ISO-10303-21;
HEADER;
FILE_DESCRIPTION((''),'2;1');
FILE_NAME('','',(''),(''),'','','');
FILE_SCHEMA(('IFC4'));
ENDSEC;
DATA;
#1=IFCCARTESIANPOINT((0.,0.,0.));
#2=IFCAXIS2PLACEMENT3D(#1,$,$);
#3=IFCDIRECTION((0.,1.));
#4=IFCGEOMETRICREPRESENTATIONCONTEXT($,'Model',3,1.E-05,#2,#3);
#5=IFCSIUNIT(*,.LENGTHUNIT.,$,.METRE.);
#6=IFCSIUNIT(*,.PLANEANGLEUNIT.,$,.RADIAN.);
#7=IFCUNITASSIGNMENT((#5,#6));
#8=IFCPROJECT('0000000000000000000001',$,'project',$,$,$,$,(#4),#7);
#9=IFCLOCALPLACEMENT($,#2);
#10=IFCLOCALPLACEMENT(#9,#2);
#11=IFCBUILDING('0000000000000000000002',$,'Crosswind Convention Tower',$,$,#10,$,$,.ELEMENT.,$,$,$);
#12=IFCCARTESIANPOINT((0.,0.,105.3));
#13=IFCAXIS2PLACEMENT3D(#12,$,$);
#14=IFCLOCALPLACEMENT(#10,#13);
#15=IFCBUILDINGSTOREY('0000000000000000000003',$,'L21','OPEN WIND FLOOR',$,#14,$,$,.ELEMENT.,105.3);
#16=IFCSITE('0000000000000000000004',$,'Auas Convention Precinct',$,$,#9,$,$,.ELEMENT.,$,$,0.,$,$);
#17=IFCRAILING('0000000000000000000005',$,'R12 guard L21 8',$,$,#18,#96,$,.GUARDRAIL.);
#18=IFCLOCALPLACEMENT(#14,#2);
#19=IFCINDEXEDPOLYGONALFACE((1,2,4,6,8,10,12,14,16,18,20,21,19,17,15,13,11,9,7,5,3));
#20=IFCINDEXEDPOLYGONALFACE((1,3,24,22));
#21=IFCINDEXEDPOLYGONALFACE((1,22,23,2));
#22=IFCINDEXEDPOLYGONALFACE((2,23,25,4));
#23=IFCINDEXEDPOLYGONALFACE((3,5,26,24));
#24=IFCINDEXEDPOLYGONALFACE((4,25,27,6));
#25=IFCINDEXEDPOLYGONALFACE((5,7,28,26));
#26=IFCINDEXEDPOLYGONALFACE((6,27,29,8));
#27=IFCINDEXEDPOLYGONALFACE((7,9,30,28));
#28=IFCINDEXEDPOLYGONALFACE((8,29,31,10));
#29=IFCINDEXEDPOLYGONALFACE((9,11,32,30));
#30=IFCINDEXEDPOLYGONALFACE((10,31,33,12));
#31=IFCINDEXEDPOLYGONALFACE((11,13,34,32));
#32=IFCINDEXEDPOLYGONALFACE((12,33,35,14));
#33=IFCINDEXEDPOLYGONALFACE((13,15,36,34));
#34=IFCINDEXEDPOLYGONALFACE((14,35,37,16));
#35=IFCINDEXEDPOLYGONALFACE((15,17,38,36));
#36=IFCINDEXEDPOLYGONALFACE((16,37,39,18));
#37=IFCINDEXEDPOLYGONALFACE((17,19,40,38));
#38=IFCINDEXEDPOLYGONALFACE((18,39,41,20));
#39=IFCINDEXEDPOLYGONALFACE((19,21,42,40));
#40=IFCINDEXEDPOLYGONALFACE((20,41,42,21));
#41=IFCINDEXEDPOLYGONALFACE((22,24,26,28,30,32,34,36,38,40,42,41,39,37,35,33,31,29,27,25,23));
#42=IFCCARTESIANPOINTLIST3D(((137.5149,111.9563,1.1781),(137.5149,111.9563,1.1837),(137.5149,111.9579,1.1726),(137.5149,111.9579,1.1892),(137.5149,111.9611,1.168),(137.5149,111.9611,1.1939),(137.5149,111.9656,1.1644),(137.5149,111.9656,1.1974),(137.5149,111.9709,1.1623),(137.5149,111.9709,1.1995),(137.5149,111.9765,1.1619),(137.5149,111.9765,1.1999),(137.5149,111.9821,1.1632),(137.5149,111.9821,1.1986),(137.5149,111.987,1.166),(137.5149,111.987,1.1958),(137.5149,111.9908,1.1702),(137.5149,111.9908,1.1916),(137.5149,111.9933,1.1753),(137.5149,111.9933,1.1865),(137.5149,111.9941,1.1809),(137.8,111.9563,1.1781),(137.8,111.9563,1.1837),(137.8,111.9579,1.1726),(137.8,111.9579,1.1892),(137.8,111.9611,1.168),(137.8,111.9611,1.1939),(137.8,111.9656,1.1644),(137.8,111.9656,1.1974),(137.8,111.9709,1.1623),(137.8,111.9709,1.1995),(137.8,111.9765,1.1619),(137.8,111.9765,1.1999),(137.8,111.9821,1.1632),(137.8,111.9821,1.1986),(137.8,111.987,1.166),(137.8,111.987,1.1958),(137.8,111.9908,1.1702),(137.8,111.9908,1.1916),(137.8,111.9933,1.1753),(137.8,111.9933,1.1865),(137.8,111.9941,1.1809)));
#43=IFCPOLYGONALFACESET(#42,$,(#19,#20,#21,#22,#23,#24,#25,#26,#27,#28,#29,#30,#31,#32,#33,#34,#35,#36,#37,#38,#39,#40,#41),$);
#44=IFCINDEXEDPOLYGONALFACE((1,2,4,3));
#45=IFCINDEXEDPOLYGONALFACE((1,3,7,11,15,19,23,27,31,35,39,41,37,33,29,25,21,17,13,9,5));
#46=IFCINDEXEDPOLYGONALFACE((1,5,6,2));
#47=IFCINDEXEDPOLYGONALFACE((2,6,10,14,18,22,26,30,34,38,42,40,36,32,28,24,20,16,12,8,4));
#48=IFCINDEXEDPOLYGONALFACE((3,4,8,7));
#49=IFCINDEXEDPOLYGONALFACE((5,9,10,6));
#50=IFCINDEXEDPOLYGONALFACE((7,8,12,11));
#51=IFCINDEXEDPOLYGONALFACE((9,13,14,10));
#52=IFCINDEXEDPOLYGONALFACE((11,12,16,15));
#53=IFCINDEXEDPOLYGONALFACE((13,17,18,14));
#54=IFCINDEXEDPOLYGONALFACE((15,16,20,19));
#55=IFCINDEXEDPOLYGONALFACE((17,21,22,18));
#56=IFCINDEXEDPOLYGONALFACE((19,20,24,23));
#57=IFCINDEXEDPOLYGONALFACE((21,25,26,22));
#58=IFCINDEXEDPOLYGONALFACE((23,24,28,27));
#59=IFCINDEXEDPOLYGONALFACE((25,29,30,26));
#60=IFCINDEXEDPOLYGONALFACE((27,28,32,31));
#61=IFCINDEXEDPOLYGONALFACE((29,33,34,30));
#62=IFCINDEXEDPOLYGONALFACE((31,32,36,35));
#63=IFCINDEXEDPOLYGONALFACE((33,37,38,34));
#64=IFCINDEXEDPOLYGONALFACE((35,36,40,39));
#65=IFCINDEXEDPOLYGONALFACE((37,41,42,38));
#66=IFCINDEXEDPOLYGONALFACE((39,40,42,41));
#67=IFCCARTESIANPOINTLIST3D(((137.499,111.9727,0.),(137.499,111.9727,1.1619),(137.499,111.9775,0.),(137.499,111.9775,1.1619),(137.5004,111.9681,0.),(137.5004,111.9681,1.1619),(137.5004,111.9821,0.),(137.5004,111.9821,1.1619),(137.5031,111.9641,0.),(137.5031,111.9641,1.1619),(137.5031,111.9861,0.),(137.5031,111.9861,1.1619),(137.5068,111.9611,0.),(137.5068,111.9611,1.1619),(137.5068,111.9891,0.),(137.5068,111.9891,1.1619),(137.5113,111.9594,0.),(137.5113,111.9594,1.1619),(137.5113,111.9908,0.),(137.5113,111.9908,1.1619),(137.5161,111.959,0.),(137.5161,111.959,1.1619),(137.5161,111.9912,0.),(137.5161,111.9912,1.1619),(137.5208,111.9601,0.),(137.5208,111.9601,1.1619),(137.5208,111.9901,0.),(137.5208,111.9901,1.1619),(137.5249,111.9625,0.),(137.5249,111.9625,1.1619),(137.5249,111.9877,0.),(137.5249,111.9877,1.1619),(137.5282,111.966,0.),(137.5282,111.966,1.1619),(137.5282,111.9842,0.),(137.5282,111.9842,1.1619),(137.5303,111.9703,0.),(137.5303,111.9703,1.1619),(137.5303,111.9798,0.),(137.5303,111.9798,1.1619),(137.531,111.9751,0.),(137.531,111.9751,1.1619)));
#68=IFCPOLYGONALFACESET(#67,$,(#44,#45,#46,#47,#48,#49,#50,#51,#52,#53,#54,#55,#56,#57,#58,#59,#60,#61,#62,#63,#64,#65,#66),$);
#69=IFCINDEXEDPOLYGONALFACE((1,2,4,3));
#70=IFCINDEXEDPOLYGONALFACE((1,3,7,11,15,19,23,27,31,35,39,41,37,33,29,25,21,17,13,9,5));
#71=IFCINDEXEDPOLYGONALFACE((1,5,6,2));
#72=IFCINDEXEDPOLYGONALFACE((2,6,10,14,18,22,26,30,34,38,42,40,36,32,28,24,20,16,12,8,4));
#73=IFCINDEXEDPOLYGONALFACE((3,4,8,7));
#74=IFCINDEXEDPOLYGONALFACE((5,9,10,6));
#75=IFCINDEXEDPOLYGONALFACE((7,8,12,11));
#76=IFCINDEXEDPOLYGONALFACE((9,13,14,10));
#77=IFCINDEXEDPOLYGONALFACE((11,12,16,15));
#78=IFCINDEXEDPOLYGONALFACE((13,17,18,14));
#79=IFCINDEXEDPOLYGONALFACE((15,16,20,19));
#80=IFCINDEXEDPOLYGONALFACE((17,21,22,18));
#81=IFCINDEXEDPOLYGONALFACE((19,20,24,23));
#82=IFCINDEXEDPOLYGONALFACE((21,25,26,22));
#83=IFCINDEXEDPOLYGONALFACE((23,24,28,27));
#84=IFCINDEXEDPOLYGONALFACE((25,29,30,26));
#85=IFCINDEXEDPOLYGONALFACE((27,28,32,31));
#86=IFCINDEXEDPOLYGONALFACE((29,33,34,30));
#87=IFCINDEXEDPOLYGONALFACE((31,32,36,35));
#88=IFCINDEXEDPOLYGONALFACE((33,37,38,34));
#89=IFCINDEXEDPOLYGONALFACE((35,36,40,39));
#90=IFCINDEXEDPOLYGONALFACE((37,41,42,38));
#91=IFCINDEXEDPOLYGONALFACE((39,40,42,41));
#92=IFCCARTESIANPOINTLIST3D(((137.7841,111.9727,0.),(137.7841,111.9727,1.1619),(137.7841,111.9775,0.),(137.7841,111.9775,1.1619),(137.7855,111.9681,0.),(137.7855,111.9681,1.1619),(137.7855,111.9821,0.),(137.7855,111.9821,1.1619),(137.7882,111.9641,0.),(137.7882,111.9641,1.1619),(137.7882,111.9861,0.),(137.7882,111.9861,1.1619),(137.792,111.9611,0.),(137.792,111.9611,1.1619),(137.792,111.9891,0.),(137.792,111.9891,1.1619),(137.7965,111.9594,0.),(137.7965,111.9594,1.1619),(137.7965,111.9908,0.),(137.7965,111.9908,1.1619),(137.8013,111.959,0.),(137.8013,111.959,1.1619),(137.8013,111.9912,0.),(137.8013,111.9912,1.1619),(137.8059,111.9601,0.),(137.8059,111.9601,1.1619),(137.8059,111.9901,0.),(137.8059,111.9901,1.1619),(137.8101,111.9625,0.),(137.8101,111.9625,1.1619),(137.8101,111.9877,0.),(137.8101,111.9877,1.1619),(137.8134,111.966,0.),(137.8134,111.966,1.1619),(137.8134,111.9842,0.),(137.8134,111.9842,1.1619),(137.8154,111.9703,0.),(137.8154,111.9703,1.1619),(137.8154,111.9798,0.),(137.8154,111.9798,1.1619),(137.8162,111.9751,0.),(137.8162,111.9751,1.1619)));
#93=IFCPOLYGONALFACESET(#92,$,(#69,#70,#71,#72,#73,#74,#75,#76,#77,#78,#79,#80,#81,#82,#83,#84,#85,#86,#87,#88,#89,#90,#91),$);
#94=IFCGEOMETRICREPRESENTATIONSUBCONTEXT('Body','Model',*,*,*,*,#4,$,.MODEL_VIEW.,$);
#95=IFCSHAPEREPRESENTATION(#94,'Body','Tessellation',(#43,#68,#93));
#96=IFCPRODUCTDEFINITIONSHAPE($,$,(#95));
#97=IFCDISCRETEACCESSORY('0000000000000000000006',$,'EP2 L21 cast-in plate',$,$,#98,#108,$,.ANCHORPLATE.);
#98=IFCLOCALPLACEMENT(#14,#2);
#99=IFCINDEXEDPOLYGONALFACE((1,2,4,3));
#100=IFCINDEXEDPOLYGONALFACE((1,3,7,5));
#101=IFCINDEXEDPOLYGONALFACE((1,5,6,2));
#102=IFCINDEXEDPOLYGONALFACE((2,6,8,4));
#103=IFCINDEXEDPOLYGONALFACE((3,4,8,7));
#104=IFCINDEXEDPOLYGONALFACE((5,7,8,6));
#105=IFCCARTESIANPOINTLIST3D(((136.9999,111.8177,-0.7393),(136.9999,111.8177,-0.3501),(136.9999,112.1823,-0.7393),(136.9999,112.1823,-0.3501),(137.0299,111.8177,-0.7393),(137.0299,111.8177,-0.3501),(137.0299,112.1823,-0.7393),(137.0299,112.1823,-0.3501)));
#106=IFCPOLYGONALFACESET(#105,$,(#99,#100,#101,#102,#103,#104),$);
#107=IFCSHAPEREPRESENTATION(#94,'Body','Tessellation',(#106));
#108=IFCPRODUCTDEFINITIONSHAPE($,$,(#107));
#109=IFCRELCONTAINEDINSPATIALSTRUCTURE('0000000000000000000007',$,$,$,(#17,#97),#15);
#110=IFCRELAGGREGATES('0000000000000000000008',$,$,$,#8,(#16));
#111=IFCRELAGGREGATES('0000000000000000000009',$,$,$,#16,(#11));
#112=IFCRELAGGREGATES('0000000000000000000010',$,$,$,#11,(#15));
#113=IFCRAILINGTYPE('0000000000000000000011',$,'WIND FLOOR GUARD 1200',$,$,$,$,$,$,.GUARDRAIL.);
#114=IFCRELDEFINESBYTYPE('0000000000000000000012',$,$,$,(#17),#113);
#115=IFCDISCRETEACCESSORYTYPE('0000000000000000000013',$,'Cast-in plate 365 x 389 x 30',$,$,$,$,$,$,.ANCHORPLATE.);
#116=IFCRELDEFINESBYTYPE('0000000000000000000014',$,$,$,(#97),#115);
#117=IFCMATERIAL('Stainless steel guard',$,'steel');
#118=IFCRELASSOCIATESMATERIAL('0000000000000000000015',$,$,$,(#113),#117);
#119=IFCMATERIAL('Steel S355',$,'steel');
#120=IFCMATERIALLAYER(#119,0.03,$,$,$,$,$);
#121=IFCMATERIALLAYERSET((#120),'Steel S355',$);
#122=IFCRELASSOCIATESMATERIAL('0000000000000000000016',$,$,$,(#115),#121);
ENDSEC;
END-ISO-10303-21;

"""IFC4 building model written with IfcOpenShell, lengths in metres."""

from ifc_helpers import new_model, si_unit, direction, frame, origin, origin_2d, place, context, subcontext, project, spatial, rectangle, circle, extrude, material, layer, layer_set, type_object, element, save


model = new_model("IFC4")

# Units and contexts
model_context = context("Model", 3, precision=1e-05, world=origin(), true_north=direction((0.0, 1.0)))
body_context = subcontext(model_context, "Body", "Model", "MODEL_VIEW")
ifc_project = project(units=[si_unit("LENGTHUNIT", "METRE"), si_unit("PLANEANGLEUNIT", "RADIAN")], contexts=[model_context])

# Site, building, storey
site_placement = place(None, origin())
site = spatial("IfcSite", under=ifc_project, at=site_placement, Name="Auas Convention Precinct", CompositionType="ELEMENT", RefElevation=0.0)
building_placement = place(site_placement, origin())
building = spatial("IfcBuilding", under=site, at=building_placement, Name="Crosswind Convention Tower", CompositionType="ELEMENT")
storey_placement = place(building_placement, frame((0.0, 0.0, 105.3)))
storey = spatial("IfcBuildingStorey", under=building, at=storey_placement, Name="L21", Description="OPEN WIND FLOOR", CompositionType="ELEMENT", Elevation=105.3)

# Railing
ifc_material_1 = material(Name="Stainless steel guard", Category="steel")
railing_type_1 = type_object("IfcRailingType", Name="WIND FLOOR GUARD 1200", PredefinedType="GUARDRAIL", material=ifc_material_1)
railing_1_placement = place(storey_placement, frame((137.5149, 111.9751, 0.0)))
element("IfcRailing", 1, at=railing_1_placement, inside=storey, type_object=railing_type_1, Name="R12 guard L21 8", PredefinedType="GUARDRAIL", context=body_context, shape_type="SweptSolid", body=[
    extrude(circle(Radius=0.019, at=origin_2d()), frame((0.0, 0.0, 1.1809), z_axis=(1.0, 0.0, 0.0), x_axis=(0.0, 1.0, 0.0)), (0.0, 0.0, 1.0), 0.2852),
    extrude(circle(Radius=0.0161, at=origin_2d()), origin(), (0.0, 0.0, 1.0), 1.1619),
    extrude(circle(Radius=0.0161, at=origin_2d()), frame((0.2852, 0.0, 0.0)), (0.0, 0.0, 1.0), 1.1619),
])

# Discrete accessory
ifc_material_2 = material(Name="Steel S355", Category="steel")
ifc_layer_1 = layer(ifc_material_2, 0.03)
ifc_layer_set_1 = layer_set([ifc_layer_1], Name="Steel S355")
discrete_accessory_type = type_object("IfcDiscreteAccessoryType", Name="Cast-in plate 365 x 389 x 30", PredefinedType="ANCHORPLATE", material=ifc_layer_set_1)
discrete_accessory_placement = place(storey_placement, frame((137.0149, 112.0, -0.7393), z_axis=(0.0, 0.0, 1.0), x_axis=(1.0, 0.0, 0.0)))
element("IfcDiscreteAccessory", 2, at=discrete_accessory_placement, inside=storey, type_object=discrete_accessory_type, Name="EP2 L21 cast-in plate", PredefinedType="ANCHORPLATE", context=body_context, shape_type="SweptSolid", body=[
    extrude(rectangle(XDim=0.03, YDim=0.3645, at=origin_2d()), origin(), (0.0, 0.0, 1.0), 0.3892),
])

save(model, "model.ifc")
